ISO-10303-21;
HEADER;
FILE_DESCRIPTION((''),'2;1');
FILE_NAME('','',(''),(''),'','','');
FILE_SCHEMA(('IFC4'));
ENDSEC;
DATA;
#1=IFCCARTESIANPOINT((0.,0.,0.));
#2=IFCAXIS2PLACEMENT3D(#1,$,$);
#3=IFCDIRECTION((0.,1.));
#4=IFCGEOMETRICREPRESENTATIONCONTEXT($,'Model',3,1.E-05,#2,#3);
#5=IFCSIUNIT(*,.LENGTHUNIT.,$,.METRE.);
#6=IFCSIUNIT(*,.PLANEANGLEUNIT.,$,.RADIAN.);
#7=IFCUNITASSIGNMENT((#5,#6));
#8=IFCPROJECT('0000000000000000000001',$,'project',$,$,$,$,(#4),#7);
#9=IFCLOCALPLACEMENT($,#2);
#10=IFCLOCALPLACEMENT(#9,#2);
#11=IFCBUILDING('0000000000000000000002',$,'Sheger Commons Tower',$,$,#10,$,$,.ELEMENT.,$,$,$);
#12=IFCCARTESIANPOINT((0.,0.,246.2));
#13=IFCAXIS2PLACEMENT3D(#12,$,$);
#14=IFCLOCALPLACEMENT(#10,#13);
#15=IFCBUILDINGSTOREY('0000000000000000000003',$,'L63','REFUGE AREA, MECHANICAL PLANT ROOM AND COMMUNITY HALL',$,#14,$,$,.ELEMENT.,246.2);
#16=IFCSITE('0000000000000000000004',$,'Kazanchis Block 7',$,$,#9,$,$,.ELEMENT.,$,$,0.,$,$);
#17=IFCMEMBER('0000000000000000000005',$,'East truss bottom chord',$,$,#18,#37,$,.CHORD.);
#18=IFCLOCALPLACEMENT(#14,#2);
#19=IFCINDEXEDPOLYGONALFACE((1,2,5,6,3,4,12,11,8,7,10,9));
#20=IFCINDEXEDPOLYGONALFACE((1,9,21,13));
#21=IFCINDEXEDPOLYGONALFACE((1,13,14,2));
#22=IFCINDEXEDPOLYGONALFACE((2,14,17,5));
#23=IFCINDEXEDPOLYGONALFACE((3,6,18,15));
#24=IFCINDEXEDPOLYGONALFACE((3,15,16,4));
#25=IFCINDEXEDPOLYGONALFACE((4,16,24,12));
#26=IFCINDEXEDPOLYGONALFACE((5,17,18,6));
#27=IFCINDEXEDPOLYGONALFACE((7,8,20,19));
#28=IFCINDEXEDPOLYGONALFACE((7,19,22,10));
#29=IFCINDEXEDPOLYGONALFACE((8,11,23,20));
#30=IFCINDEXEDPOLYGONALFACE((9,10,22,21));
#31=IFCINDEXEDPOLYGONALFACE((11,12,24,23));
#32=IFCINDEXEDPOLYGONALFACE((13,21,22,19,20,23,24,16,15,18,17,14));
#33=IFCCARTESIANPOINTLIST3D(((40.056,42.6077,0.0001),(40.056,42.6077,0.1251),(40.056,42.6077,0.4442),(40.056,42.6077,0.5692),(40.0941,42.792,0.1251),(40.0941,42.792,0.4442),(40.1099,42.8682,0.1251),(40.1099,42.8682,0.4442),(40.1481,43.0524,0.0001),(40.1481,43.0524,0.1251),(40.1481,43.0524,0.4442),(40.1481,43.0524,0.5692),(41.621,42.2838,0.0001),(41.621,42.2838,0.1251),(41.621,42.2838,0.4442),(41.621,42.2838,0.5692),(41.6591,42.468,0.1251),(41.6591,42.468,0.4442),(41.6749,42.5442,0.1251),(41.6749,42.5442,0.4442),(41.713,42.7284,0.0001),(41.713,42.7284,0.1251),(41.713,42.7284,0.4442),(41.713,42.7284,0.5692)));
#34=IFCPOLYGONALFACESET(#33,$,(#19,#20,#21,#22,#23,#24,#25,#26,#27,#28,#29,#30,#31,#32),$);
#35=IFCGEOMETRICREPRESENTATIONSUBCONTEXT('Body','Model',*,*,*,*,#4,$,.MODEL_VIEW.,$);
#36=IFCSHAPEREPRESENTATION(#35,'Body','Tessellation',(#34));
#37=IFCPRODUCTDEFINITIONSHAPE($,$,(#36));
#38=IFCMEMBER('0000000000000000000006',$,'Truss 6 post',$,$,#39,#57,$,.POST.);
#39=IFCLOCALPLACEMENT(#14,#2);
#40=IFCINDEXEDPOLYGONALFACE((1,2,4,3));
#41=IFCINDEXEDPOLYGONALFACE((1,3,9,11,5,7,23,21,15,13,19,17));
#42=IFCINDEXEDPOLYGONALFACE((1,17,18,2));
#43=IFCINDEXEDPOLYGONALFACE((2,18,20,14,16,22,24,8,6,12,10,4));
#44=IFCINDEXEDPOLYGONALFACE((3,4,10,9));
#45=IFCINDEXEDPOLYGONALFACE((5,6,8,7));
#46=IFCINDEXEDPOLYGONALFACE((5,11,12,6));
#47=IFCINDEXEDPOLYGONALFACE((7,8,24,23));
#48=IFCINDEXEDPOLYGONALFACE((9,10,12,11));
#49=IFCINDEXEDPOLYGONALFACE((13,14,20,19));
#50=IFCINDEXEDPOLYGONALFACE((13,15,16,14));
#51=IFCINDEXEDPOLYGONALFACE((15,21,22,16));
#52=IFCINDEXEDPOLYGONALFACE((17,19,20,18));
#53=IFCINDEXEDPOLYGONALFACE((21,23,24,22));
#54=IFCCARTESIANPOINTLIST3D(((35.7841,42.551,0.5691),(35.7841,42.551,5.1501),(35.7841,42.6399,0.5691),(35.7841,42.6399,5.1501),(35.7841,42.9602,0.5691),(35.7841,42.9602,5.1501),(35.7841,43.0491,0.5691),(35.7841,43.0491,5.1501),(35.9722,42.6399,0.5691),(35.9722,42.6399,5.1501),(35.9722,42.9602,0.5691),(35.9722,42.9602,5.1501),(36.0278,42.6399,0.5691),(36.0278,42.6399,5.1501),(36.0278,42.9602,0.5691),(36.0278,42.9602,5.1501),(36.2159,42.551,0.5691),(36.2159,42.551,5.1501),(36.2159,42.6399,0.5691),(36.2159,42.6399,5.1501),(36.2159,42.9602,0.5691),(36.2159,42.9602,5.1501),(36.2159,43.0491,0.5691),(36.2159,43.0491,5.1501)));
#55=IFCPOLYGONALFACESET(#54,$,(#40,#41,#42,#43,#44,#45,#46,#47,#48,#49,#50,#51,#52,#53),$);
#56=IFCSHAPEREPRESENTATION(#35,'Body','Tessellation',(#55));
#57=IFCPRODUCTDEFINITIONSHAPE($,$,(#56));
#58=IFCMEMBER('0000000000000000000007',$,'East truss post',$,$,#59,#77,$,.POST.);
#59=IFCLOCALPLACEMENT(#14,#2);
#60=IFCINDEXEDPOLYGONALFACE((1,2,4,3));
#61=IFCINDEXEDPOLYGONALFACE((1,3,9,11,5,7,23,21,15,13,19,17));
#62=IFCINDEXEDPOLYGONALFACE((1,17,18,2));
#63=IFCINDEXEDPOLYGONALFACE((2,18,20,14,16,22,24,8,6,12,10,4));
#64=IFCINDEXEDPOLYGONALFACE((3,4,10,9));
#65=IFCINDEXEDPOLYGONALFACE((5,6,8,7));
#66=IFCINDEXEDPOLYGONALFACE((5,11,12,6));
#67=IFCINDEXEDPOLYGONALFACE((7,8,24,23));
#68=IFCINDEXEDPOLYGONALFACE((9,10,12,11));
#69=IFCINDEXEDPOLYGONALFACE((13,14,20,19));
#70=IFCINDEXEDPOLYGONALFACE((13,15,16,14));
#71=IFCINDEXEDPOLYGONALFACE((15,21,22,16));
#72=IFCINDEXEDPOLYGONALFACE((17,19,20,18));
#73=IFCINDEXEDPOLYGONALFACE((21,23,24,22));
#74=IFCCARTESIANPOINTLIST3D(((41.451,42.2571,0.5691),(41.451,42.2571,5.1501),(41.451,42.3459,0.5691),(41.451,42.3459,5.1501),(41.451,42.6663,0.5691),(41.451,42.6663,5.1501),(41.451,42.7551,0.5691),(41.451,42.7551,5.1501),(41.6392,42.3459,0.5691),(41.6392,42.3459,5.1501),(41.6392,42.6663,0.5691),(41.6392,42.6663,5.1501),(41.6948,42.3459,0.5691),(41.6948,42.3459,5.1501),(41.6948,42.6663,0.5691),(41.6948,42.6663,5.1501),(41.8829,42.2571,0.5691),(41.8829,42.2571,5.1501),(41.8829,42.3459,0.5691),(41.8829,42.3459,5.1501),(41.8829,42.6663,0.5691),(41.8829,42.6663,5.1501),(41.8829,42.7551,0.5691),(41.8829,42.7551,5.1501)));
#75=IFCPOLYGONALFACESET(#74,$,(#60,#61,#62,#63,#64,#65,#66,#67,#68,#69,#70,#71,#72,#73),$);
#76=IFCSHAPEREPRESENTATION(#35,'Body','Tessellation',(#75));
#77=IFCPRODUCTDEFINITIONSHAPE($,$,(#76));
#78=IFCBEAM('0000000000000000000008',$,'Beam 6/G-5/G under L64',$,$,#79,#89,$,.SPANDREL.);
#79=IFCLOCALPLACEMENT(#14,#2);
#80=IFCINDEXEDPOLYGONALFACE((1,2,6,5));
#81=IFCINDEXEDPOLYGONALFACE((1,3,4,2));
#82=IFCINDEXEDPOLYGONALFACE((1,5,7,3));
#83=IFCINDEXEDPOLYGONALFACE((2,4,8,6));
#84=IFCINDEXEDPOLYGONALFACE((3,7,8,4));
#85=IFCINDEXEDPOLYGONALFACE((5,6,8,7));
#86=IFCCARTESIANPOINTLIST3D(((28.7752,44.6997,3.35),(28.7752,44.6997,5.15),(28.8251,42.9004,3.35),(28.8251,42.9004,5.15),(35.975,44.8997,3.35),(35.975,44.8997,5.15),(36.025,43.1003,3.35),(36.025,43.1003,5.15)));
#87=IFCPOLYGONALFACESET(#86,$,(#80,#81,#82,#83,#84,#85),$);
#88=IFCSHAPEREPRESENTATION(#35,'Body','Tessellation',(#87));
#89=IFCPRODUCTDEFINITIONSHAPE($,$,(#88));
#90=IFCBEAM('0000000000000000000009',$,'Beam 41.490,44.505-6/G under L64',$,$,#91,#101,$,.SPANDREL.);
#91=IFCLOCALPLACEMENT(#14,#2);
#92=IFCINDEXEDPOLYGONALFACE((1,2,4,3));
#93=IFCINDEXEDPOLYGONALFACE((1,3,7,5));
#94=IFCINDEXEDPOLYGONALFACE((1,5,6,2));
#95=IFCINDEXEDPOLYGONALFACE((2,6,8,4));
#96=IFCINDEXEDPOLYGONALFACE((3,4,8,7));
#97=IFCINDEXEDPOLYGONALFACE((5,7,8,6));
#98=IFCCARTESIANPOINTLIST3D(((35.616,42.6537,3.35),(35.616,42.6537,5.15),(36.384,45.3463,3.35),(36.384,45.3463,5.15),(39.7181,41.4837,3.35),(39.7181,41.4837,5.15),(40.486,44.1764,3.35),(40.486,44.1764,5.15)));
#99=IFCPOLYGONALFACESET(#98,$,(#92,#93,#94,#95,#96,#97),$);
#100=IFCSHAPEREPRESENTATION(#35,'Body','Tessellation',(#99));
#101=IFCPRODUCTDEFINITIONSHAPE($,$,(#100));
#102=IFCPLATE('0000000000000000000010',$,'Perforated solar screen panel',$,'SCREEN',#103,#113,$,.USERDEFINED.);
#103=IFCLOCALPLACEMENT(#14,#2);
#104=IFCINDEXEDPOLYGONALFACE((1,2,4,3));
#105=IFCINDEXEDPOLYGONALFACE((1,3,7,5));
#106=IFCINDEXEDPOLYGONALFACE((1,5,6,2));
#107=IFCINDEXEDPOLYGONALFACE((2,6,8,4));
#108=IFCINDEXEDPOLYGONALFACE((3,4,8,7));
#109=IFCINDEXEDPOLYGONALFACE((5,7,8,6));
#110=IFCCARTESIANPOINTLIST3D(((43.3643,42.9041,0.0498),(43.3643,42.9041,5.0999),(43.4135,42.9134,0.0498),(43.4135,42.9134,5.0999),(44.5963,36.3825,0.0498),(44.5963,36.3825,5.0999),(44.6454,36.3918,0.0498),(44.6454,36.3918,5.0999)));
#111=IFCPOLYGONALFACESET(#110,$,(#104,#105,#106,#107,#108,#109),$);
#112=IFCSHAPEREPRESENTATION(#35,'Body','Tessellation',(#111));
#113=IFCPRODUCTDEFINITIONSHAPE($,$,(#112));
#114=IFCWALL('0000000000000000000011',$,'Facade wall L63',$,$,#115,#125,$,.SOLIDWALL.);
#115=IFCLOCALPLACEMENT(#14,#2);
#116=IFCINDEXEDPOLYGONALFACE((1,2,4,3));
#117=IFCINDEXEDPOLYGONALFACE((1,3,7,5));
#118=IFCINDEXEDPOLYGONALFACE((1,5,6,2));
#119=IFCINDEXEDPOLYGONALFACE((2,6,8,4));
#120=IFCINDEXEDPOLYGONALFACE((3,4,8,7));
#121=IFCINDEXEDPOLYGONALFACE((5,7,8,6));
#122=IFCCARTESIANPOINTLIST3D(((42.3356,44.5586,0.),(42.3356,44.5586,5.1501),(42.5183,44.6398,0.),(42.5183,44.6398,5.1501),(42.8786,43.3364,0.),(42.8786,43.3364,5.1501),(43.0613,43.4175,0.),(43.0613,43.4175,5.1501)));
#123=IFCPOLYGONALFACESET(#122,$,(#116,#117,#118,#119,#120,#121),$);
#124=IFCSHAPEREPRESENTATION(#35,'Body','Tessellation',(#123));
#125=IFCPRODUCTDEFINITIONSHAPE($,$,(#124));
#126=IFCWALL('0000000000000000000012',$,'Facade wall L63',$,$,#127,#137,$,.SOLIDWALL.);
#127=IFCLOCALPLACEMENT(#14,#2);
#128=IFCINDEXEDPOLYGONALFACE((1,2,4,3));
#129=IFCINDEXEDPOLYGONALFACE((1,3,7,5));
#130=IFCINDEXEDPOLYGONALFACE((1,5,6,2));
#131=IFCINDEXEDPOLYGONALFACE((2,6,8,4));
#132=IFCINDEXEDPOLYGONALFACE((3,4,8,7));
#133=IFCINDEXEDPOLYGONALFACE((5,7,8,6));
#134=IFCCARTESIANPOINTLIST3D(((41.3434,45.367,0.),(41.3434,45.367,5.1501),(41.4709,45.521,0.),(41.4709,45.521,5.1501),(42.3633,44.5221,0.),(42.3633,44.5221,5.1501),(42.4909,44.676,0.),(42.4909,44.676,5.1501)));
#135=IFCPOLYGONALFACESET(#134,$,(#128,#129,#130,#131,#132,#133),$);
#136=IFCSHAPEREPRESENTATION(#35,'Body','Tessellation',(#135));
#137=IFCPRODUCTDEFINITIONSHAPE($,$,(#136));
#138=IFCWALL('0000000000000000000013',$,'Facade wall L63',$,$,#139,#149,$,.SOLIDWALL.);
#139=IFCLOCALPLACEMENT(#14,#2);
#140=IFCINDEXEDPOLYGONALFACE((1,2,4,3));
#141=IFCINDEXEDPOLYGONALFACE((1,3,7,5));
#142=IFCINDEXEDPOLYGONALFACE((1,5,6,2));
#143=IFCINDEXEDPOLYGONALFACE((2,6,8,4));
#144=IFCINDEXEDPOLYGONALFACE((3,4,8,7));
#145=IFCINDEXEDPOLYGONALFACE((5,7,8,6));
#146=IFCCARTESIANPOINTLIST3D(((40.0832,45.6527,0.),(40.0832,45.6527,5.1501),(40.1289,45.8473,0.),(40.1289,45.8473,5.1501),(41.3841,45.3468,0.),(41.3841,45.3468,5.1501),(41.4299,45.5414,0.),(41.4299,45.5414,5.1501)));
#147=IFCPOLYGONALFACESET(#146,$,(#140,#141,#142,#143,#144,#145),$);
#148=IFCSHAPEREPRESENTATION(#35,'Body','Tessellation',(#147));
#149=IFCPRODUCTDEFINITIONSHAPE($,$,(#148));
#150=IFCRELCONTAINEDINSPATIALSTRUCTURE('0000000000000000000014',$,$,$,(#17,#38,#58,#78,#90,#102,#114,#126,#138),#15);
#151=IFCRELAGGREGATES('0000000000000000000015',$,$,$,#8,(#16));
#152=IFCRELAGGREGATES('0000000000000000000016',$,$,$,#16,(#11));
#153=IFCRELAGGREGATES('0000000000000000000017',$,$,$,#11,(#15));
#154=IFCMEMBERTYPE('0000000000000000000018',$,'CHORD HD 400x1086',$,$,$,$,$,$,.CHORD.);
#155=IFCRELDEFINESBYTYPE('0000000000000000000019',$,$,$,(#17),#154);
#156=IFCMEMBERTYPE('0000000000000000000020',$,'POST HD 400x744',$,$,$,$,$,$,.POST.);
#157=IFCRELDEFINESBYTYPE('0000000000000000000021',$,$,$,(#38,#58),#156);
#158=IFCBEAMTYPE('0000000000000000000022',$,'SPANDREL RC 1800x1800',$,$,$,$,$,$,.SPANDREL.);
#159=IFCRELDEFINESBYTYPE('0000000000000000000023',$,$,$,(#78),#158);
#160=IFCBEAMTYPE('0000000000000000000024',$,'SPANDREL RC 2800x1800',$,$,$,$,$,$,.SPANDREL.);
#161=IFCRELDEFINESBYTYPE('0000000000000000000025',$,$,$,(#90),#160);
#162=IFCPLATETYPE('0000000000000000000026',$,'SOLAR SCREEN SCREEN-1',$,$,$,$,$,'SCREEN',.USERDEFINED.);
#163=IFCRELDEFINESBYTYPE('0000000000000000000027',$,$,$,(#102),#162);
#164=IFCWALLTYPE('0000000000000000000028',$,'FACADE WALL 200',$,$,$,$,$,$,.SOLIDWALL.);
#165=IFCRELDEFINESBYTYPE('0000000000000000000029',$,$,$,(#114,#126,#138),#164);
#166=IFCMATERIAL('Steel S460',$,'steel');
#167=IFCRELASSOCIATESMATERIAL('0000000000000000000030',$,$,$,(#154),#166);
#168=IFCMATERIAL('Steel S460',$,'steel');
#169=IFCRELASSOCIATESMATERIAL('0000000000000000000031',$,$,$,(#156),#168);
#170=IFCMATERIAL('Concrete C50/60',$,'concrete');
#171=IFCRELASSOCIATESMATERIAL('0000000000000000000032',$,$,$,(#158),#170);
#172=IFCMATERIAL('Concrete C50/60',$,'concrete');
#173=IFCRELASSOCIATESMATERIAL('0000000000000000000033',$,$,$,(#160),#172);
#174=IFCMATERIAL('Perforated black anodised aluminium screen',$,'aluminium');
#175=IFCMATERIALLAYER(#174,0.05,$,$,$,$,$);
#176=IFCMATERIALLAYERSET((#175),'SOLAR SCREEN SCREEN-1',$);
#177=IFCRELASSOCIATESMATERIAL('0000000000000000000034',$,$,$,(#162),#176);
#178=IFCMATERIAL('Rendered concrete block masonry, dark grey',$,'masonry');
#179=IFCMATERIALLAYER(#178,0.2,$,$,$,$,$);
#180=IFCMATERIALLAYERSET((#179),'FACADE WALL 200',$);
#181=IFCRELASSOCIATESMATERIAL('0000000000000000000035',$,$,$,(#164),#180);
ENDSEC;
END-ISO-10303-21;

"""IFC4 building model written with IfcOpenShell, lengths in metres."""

from ifc_helpers import new_model, si_unit, direction, frame, frame_2d, origin, origin_2d, place, context, subcontext, project, spatial, rectangle, i_section, extrude, material, layer, layer_set, material_profile, profile_set, type_object, element, save


model = new_model("IFC4")

# Units and contexts
model_context = context("Model", 3, precision=1e-05, world=origin(), true_north=direction((0.0, 1.0)))
body_context = subcontext(model_context, "Body", "Model", "MODEL_VIEW")
ifc_project = project(units=[si_unit("LENGTHUNIT", "METRE"), si_unit("PLANEANGLEUNIT", "RADIAN")], contexts=[model_context])

# Site, building, storey
site_placement = place(None, origin())
site = spatial("IfcSite", under=ifc_project, at=site_placement, Name="Kazanchis Block 7", CompositionType="ELEMENT", RefElevation=0.0)
building_placement = place(site_placement, origin())
building = spatial("IfcBuilding", under=site, at=building_placement, Name="Sheger Commons Tower", CompositionType="ELEMENT")
storey_placement = place(building_placement, frame((0.0, 0.0, 246.2)))
storey = spatial("IfcBuildingStorey", under=building, at=storey_placement, Name="L63", Description="REFUGE AREA, MECHANICAL PLANT ROOM AND COMMUNITY HALL", CompositionType="ELEMENT", Elevation=246.2)

# Members
ifc_material_1 = material(Name="Steel S460", Category="steel")
ifc_material_profile_1 = material_profile(ifc_material_1, i_section(OverallWidth=0.4541, OverallDepth=0.5691, WebThickness=0.0779, FlangeThickness=0.125, at=origin_2d()), Name="HD 400x1086")
ifc_profile_set_1 = profile_set([ifc_material_profile_1], Name="Steel S460")
member_type_1 = type_object("IfcMemberType", Name="CHORD HD 400x1086", PredefinedType="CHORD", material=ifc_profile_set_1)
for number, where, z_axis, x_axis, name in (
    (1, (41.667, 42.5061, 0.2847), (-0.979236, 0.202722, 0.0), (-0.202722, -0.979236, 0.0), "East truss bottom chord"),
):
    element("IfcMember", number, at=place(storey_placement, frame(where, z_axis=z_axis, x_axis=x_axis)), inside=storey, type_object=member_type_1, Name=name, PredefinedType="CHORD", context=body_context, shape_type="SweptSolid", body=[
        extrude(i_section(OverallWidth=0.4541, OverallDepth=0.5691, WebThickness=0.0779, FlangeThickness=0.125, at=origin_2d()), origin(), (0.0, 0.0, 1.0), 1.5981),
    ])
ifc_material_2 = material(Name="Steel S460", Category="steel")
ifc_material_profile_2 = material_profile(ifc_material_2, i_section(OverallWidth=0.4319, OverallDepth=0.498, WebThickness=0.0557, FlangeThickness=0.0889, at=origin_2d()), Name="HD 400x744")
ifc_profile_set_2 = profile_set([ifc_material_profile_2], Name="Steel S460")
member_type_2 = type_object("IfcMemberType", Name="POST HD 400x744", PredefinedType="POST", material=ifc_profile_set_2)
for number, where, z_axis, x_axis, name in (
    (2, (36.0, 42.8, 0.5691), (0.0, 0.0, 1.0), (1.0, 0.0, 0.0), "Truss 6 post"),
    (3, (41.667, 42.5061, 0.5691), (0.0, 0.0, 1.0), (1.0, 0.0, 0.0), "East truss post"),
):
    element("IfcMember", number, at=place(storey_placement, frame(where, z_axis=z_axis, x_axis=x_axis)), inside=storey, type_object=member_type_2, Name=name, PredefinedType="POST", context=body_context, shape_type="SweptSolid", body=[
        extrude(i_section(OverallWidth=0.4319, OverallDepth=0.498, WebThickness=0.0557, FlangeThickness=0.0889, at=origin_2d()), origin(), (0.0, 0.0, 1.0), 4.5811),
    ])

# Beams
ifc_material_3 = material(Name="Concrete C50/60", Category="concrete")
ifc_material_profile_3 = material_profile(ifc_material_3, rectangle(XDim=1.8, YDim=1.8, at=origin_2d()), Name="RC 1800x1800")
ifc_profile_set_3 = profile_set([ifc_material_profile_3], Name="Concrete C50/60")
beam_type_1 = type_object("IfcBeamType", Name="SPANDREL RC 1800x1800", PredefinedType="SPANDREL", material=ifc_profile_set_3)
beam_1_placement = place(storey_placement, frame((36.0, 44.0, 4.25), z_axis=(-0.999615, -0.02776, 0.0), x_axis=(0.02776, -0.999615, 0.0)))
element("IfcBeam", 4, at=beam_1_placement, inside=storey, type_object=beam_type_1, Name="Beam 6/G-5/G under L64", PredefinedType="SPANDREL", context=body_context, shape_type="SweptSolid", body=[
    extrude(rectangle(XDim=1.8, YDim=1.8, at=origin_2d()), origin(), (0.0, 0.0, 1.0), 7.2026),
])
ifc_material_4 = material(Name="Concrete C50/60", Category="concrete")
ifc_material_profile_4 = material_profile(ifc_material_4, rectangle(XDim=2.8, YDim=1.8, at=origin_2d()), Name="RC 2800x1800")
ifc_profile_set_4 = profile_set([ifc_material_profile_4], Name="Concrete C50/60")
beam_type_2 = type_object("IfcBeamType", Name="SPANDREL RC 2800x1800", PredefinedType="SPANDREL", material=ifc_profile_set_4)
beam_2_placement = place(storey_placement, frame((40.1021, 42.8301, 4.25), z_axis=(-0.961653, 0.274268, 0.0), x_axis=(-0.274268, -0.961653, 0.0)))
element("IfcBeam", 5, at=beam_2_placement, inside=storey, type_object=beam_type_2, Name="Beam 41.490,44.505-6/G under L64", PredefinedType="SPANDREL", context=body_context, shape_type="SweptSolid", body=[
    extrude(rectangle(XDim=2.8, YDim=1.8, at=origin_2d()), origin(), (0.0, 0.0, 1.0), 4.2656),
])

# Plate
ifc_material_5 = material(Name="Perforated black anodised aluminium screen", Category="aluminium")
ifc_layer_1 = layer(ifc_material_5, 0.05)
ifc_layer_set_1 = layer_set([ifc_layer_1], Name="SOLAR SCREEN SCREEN-1")
plate_type = type_object("IfcPlateType", Name="SOLAR SCREEN SCREEN-1", ElementType="SCREEN", PredefinedType="USERDEFINED", material=ifc_layer_set_1)
plate_placement = place(storey_placement, frame((44.0049, 39.6479, 0.0498), z_axis=(0.0, 0.0, 1.0), x_axis=(-0.185615, 0.982623, 0.0)))
element("IfcPlate", 6, at=plate_placement, inside=storey, type_object=plate_type, Name="Perforated solar screen panel", ObjectType="SCREEN", PredefinedType="USERDEFINED", context=body_context, shape_type="SweptSolid", body=[
    extrude(rectangle(XDim=6.637, YDim=0.05, at=origin_2d()), origin(), (0.0, 0.0, 1.0), 5.05),
])

# Walls
ifc_material_6 = material(Name="Rendered concrete block masonry, dark grey", Category="masonry")
ifc_layer_2 = layer(ifc_material_6, 0.2)
ifc_layer_set_2 = layer_set([ifc_layer_2], Name="FACADE WALL 200")
wall_type = type_object("IfcWallType", Name="FACADE WALL 200", PredefinedType="SOLIDWALL", material=ifc_layer_set_2)
wall_1_placement = place(storey_placement, frame((42.97, 43.377, 0.0), z_axis=(0.0, 0.0, 1.0), x_axis=(-0.406003, 0.913872, 0.0)))
element("IfcWall", 7, at=wall_1_placement, inside=storey, type_object=wall_type, Name="Facade wall L63", PredefinedType="SOLIDWALL", context=body_context, shape_type="SweptSolid", body=[
    extrude(rectangle(XDim=1.3374, YDim=0.2, at=frame_2d((0.6687, 0.0))), origin(), (0.0, 0.0, 1.0), 5.1501),
])
wall_2_placement = place(storey_placement, frame((42.427, 44.5991, 0.0), z_axis=(0.0, 0.0, 1.0), x_axis=(-0.770091, 0.637934, 0.0)))
element("IfcWall", 8, at=wall_2_placement, inside=storey, type_object=wall_type, Name="Facade wall L63", PredefinedType="SOLIDWALL", context=body_context, shape_type="SweptSolid", body=[
    extrude(rectangle(XDim=1.3245, YDim=0.2, at=frame_2d((0.6621, 0.0))), origin(), (0.0, 0.0, 1.0), 5.1501),
])
wall_3_placement = place(storey_placement, frame((41.407, 45.4441, 0.0), z_axis=(0.0, 0.0, 1.0), x_axis=(-0.973453, 0.228887, 0.0)))
element("IfcWall", 9, at=wall_3_placement, inside=storey, type_object=wall_type, Name="Facade wall L63", PredefinedType="SOLIDWALL", context=body_context, shape_type="SweptSolid", body=[
    extrude(rectangle(XDim=1.3364, YDim=0.2, at=frame_2d((0.6682, 0.0))), origin(), (0.0, 0.0, 1.0), 5.1501),
])

save(model, "model.ifc")
